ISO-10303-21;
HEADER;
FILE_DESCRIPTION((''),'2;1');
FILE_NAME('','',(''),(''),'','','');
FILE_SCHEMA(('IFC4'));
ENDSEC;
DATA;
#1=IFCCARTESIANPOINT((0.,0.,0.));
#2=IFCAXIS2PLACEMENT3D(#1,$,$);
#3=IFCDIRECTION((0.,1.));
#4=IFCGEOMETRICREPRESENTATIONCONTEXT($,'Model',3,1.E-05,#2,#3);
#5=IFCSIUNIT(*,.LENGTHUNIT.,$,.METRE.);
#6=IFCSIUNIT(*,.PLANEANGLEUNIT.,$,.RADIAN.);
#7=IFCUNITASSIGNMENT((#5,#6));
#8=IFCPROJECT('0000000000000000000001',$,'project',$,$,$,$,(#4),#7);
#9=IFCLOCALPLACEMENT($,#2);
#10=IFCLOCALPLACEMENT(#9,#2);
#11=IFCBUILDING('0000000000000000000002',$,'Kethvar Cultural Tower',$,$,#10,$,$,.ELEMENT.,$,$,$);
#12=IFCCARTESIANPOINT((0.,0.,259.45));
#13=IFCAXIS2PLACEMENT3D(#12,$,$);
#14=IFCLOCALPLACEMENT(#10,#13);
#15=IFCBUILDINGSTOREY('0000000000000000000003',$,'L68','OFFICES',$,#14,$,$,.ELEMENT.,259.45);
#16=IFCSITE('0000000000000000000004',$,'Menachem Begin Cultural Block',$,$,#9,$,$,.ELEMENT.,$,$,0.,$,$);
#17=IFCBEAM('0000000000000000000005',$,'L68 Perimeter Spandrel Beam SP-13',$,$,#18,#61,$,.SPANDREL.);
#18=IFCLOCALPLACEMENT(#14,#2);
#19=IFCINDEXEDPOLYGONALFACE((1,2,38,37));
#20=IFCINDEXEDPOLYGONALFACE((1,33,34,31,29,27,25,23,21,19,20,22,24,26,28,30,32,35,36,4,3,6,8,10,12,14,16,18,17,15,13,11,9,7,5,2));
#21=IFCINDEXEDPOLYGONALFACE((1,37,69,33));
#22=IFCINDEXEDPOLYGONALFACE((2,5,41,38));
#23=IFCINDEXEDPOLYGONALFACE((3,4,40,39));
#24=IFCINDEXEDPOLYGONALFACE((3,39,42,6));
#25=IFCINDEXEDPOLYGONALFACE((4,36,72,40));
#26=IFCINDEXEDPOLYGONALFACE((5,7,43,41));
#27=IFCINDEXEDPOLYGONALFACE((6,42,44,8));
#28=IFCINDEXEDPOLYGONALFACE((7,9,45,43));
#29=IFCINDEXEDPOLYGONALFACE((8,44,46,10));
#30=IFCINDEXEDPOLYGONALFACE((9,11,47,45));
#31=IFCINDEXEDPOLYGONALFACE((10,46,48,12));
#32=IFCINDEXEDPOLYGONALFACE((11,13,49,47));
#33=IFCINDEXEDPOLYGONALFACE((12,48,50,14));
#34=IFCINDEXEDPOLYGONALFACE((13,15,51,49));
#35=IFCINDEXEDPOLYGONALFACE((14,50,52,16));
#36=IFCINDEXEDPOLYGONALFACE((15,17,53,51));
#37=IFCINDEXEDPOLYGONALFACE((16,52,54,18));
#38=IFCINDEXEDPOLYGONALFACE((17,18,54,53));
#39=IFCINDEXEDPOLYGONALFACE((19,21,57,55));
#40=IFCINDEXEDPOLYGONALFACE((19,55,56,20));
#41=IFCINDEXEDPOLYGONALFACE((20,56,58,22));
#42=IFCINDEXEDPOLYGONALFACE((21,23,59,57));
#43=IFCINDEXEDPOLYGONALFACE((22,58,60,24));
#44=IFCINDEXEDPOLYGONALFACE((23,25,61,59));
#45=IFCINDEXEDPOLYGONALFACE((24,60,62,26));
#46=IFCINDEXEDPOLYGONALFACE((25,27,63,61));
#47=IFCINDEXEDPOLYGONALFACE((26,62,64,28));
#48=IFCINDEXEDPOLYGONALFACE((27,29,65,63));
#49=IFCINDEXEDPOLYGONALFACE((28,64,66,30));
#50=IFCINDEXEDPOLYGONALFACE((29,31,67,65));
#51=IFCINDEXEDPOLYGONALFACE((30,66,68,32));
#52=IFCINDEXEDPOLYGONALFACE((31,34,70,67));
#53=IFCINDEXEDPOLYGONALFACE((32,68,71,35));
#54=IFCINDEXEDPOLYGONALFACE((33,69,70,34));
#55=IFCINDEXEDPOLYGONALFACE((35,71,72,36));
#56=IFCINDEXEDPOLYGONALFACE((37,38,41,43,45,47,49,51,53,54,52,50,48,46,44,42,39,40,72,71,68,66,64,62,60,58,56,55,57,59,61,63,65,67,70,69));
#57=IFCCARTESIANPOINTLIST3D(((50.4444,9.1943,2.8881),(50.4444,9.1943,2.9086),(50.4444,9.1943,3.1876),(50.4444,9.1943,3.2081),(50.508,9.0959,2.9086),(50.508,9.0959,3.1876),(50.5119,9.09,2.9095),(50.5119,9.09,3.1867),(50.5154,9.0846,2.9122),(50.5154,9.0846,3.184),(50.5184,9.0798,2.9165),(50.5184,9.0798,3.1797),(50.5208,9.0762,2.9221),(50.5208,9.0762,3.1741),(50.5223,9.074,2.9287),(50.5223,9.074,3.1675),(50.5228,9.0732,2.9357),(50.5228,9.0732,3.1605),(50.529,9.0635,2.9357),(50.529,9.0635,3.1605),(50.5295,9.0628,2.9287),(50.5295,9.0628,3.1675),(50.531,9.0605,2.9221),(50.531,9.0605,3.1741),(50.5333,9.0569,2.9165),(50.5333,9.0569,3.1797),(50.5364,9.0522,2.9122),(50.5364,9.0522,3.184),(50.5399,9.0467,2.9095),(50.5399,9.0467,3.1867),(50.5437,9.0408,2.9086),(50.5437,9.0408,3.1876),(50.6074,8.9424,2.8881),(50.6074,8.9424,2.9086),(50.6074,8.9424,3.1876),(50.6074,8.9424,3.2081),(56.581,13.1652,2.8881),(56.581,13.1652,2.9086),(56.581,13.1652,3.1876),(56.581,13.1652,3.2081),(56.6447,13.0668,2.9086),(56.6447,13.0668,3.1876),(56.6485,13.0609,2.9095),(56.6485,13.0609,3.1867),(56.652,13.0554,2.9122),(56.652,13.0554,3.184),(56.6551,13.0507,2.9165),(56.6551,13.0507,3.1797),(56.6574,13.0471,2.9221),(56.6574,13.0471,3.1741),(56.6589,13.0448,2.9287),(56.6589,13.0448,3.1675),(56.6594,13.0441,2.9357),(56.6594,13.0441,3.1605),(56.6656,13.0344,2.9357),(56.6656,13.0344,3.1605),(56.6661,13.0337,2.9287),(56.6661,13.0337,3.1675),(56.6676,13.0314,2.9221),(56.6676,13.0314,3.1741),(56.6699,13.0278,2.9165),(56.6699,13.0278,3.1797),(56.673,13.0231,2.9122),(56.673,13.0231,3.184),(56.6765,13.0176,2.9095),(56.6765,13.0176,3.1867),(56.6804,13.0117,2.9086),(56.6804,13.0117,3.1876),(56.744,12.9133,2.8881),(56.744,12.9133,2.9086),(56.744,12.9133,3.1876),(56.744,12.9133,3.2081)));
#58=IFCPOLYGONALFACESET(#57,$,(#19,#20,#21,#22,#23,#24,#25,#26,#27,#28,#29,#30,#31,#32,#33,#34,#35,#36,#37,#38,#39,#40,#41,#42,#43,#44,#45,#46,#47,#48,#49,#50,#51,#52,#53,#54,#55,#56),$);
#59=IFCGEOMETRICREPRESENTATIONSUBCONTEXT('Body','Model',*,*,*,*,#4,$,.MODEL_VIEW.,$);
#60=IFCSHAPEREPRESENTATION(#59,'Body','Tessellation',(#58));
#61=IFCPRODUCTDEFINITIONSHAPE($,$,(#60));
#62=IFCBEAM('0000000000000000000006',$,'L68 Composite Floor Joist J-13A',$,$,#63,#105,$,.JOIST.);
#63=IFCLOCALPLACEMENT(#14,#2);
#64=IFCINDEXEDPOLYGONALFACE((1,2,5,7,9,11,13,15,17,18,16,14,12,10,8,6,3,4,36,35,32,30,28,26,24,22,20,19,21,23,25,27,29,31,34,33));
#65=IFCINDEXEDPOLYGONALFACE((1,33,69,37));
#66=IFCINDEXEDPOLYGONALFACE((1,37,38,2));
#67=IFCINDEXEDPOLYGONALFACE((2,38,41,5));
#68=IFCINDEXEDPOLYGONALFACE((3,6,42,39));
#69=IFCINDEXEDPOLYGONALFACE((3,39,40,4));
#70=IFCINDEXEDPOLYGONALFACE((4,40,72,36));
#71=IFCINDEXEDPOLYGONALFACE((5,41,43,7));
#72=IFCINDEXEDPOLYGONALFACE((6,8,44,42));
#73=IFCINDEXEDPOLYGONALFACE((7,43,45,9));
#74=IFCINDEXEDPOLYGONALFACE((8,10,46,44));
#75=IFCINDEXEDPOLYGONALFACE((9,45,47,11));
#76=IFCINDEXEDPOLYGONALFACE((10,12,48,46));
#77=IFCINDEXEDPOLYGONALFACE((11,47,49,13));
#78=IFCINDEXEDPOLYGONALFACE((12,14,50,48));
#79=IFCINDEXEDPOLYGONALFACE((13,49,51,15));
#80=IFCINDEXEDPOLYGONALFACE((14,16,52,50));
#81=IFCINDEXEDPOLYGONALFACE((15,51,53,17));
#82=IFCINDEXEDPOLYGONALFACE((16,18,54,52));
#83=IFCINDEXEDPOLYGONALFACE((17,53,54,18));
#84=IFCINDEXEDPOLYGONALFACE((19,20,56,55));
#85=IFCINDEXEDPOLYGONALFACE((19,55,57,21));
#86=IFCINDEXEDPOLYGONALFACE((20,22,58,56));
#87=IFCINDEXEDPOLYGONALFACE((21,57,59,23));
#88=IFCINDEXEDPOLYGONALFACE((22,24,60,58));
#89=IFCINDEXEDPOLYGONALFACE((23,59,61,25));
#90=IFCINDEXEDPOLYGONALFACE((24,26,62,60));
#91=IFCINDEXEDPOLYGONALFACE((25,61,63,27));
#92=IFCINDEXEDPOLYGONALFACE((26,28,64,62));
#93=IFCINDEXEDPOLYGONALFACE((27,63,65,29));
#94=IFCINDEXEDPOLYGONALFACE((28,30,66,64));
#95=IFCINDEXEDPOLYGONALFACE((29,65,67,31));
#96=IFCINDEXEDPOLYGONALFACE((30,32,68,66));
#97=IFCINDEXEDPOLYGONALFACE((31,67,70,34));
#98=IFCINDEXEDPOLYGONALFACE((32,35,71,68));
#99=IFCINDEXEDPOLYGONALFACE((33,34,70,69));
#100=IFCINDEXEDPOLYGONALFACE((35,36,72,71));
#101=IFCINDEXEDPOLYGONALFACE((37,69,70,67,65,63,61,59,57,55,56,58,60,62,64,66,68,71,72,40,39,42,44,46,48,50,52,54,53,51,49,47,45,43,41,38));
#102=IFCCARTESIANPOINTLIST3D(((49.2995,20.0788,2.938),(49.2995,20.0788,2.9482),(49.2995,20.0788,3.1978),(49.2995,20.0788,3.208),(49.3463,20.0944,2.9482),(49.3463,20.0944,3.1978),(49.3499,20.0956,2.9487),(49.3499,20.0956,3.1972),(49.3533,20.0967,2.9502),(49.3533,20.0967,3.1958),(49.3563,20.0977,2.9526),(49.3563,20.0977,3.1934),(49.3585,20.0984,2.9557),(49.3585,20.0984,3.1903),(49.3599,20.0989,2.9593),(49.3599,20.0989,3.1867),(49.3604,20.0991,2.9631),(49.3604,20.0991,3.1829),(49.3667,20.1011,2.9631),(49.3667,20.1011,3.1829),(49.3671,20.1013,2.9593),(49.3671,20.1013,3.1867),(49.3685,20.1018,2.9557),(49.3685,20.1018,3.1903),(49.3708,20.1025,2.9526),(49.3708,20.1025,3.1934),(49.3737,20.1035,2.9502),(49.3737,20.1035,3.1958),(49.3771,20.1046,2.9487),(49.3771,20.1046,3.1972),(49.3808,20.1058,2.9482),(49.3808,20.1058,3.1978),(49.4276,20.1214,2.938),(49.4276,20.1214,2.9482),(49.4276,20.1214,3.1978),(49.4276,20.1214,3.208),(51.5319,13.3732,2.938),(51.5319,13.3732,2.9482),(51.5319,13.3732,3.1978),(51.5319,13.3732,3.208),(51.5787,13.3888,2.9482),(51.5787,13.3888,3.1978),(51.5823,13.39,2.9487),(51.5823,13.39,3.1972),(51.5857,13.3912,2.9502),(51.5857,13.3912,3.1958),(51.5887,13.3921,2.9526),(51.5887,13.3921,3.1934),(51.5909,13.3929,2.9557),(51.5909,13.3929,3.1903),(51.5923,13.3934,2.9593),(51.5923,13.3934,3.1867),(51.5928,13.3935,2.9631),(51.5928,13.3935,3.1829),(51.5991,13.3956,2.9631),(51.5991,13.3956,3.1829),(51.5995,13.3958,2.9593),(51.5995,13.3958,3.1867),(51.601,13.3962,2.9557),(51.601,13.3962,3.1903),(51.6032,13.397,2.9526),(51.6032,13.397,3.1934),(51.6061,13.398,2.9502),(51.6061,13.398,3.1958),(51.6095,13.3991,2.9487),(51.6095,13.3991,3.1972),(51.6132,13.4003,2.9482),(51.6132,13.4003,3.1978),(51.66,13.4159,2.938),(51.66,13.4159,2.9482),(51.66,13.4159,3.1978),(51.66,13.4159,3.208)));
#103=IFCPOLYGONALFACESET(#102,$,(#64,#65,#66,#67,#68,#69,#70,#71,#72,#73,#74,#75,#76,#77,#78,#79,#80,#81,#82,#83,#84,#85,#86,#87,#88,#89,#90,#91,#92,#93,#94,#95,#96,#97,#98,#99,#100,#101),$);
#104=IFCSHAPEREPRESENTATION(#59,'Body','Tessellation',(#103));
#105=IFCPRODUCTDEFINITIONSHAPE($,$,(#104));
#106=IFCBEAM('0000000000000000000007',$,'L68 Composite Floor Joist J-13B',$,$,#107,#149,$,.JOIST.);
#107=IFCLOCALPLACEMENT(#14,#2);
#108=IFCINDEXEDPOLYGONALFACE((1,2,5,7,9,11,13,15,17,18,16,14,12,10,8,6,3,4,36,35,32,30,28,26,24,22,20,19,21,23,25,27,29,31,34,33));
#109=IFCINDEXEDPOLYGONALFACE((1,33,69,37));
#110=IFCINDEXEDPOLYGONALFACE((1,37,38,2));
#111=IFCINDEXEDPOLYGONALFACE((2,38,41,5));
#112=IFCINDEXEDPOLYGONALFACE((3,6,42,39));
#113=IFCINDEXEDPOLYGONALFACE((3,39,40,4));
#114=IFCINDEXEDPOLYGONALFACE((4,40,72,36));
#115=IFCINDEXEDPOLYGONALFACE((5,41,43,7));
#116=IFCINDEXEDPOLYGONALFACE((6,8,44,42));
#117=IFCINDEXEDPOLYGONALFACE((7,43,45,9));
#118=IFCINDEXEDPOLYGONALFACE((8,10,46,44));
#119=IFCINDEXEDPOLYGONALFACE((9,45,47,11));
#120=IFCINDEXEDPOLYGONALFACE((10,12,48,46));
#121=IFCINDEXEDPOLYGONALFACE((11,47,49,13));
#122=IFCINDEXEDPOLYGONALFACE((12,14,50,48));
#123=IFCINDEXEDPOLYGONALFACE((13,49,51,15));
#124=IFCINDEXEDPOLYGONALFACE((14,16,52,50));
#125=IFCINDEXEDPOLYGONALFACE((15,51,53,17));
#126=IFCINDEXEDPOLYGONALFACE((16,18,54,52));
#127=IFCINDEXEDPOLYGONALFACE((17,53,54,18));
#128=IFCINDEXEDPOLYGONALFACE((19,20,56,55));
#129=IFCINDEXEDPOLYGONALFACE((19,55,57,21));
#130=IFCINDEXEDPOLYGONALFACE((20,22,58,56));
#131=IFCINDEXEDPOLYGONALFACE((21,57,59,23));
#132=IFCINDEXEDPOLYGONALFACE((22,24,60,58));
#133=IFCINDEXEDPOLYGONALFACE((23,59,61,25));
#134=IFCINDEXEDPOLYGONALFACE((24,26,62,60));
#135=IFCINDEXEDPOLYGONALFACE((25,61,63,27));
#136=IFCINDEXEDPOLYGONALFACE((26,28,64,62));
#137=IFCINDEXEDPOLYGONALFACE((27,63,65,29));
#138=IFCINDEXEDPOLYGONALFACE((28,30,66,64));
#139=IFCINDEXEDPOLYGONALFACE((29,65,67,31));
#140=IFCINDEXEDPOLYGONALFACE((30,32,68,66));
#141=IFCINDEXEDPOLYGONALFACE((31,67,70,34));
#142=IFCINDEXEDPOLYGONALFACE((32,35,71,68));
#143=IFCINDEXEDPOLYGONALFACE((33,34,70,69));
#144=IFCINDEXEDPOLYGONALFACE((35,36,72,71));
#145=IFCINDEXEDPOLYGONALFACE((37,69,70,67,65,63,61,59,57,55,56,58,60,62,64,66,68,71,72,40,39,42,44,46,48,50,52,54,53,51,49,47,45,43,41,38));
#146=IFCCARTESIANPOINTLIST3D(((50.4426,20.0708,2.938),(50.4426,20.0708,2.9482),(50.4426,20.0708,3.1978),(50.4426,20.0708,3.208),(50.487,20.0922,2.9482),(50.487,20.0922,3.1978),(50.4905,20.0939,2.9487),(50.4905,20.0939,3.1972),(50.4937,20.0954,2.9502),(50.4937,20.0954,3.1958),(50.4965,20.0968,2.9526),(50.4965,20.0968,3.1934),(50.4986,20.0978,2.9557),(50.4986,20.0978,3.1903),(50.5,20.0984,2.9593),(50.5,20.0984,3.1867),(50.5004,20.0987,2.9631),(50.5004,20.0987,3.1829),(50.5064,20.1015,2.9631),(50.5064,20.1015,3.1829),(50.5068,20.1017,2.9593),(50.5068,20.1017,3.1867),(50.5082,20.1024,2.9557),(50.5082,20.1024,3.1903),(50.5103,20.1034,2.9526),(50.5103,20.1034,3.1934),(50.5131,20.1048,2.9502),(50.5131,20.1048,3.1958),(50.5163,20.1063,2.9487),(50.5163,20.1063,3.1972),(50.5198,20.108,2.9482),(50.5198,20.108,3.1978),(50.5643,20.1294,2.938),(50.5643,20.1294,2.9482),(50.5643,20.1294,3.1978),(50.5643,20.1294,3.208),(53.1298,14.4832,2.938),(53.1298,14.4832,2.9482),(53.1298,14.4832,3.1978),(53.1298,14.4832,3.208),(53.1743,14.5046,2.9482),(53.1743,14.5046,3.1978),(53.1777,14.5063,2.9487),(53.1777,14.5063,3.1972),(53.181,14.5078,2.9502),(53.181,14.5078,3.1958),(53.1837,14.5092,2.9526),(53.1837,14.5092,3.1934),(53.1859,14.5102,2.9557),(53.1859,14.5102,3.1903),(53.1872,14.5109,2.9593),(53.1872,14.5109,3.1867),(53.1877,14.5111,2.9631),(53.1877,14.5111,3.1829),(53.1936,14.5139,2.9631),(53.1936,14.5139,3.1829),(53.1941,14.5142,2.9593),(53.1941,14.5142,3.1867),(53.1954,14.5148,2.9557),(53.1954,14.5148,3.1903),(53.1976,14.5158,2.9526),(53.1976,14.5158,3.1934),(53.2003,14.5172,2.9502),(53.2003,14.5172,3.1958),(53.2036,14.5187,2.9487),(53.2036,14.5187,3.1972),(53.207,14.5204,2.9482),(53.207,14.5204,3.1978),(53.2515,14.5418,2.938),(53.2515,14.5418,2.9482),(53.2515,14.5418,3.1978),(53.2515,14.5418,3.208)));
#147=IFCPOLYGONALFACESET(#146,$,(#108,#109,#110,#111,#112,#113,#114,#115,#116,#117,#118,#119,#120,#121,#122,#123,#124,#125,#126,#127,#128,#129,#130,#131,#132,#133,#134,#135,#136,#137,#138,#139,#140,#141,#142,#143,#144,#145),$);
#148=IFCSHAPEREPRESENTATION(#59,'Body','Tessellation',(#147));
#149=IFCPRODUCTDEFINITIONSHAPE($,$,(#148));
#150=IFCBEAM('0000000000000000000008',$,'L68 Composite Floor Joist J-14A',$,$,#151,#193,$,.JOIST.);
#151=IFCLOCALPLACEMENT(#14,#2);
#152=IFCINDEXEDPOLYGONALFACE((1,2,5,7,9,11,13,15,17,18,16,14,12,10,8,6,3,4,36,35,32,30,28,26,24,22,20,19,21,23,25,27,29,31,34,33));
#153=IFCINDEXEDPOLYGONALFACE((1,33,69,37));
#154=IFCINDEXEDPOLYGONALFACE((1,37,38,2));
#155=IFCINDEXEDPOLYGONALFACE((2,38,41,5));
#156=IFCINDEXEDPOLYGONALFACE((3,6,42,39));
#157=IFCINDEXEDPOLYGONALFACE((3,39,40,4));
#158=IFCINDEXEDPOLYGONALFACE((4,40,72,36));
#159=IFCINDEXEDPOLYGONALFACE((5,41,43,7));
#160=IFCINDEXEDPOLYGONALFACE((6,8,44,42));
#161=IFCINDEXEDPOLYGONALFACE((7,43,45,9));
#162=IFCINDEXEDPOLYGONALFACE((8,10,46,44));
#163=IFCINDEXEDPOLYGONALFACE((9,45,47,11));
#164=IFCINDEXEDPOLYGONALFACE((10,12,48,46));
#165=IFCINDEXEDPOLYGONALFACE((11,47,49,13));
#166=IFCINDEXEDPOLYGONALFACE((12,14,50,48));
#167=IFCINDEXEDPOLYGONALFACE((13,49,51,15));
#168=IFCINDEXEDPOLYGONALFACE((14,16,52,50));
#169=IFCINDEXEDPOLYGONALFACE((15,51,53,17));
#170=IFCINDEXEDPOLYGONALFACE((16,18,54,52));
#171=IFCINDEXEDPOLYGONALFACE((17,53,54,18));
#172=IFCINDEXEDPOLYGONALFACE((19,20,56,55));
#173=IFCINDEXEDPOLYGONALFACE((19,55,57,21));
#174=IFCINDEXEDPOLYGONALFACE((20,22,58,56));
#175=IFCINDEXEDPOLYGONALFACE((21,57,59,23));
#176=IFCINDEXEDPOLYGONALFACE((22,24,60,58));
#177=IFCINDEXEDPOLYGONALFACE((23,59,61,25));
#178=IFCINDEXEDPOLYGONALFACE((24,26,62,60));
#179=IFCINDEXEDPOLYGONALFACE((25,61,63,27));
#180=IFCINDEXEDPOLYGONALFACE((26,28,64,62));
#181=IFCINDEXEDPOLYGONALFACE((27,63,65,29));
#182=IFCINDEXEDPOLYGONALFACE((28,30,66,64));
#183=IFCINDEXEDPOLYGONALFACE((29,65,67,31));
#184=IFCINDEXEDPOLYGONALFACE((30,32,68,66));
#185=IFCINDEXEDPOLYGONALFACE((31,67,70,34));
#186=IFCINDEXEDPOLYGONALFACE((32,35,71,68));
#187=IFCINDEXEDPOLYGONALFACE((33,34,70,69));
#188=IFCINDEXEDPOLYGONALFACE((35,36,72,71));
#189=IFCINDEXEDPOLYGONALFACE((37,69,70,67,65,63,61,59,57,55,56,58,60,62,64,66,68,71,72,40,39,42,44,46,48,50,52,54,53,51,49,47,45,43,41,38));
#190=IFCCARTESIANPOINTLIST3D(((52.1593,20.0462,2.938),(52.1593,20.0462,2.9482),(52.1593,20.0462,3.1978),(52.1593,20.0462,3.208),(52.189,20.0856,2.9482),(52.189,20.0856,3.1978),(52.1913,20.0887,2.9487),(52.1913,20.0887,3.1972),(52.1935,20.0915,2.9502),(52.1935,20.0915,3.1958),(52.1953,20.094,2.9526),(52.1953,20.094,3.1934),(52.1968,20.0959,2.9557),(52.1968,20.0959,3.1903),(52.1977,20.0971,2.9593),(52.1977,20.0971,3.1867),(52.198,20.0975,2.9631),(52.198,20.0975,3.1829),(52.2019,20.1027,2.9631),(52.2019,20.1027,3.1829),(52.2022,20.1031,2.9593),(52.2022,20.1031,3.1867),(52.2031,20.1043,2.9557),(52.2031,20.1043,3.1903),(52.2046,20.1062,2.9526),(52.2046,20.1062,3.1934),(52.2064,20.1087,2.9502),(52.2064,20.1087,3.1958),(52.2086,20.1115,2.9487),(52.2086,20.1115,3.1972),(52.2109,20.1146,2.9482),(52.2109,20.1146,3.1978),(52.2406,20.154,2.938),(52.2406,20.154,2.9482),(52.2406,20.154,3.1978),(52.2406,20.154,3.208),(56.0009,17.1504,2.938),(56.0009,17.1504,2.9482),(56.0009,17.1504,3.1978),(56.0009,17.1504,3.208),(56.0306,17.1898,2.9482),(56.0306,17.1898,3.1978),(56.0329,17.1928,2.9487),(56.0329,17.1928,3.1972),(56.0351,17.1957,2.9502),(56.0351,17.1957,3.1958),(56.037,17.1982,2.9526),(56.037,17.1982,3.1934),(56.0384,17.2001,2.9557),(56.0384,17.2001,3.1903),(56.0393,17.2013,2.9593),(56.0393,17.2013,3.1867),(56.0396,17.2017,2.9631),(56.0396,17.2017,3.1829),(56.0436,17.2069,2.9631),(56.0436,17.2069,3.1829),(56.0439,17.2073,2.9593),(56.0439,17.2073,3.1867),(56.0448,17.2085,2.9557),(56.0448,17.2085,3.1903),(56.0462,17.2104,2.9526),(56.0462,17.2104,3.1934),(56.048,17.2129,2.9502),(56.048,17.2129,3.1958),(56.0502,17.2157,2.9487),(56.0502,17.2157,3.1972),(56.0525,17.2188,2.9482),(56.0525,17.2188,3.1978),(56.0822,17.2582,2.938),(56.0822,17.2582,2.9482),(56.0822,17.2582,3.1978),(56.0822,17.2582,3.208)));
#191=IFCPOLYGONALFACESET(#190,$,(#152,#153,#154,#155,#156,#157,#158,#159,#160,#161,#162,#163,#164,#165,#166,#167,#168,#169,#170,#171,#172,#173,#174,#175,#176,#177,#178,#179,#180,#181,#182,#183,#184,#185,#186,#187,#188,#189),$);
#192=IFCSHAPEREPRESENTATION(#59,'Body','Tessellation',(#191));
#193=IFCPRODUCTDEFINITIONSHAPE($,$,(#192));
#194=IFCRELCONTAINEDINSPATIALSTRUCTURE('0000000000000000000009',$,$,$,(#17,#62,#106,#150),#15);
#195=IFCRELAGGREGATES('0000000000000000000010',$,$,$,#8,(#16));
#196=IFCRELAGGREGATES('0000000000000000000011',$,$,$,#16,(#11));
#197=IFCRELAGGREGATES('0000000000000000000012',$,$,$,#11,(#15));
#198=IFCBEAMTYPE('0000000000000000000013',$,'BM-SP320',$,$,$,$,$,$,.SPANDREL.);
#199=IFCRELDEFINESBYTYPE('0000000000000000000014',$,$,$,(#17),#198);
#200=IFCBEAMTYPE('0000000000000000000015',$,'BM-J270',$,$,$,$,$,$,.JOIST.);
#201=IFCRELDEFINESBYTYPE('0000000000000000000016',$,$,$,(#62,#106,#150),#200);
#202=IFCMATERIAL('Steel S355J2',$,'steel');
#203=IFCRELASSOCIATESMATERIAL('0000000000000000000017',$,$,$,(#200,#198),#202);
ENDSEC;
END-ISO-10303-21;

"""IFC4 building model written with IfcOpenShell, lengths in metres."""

from ifc_helpers import new_model, si_unit, direction, frame, origin, origin_2d, place, context, subcontext, project, spatial, i_section, extrude, source, transform, mapped, material, material_profile, profile_set, type_object, element, save


model = new_model("IFC4")

# Units and contexts
model_context = context("Model", 3, precision=1e-05, world=origin(), true_north=direction((0.0, 1.0)))
body_context = subcontext(model_context, "Body", "Model", "MODEL_VIEW")
ifc_project = project(units=[si_unit("LENGTHUNIT", "METRE"), si_unit("PLANEANGLEUNIT", "RADIAN")], contexts=[model_context])

# Site, building, storey
site_placement = place(None, origin())
site = spatial("IfcSite", under=ifc_project, at=site_placement, Name="Menachem Begin Cultural Block", CompositionType="ELEMENT", RefElevation=0.0)
building_placement = place(site_placement, origin())
building = spatial("IfcBuilding", under=site, at=building_placement, Name="Kethvar Cultural Tower", CompositionType="ELEMENT")
storey_placement = place(building_placement, frame((0.0, 0.0, 259.45)))
storey = spatial("IfcBuildingStorey", under=building, at=storey_placement, Name="L68", Description="OFFICES", CompositionType="ELEMENT", Elevation=259.45)

# Beams
ifc_material_1 = material(Name="Steel S355J2", Category="steel")
ifc_material_profile_1 = material_profile(ifc_material_1, i_section(OverallWidth=0.135, OverallDepth=0.27, WebThickness=0.0066, FlangeThickness=0.0103, FilletRadius=0.0149, at=origin_2d()), Name="Steel S355J2 — IPE270")
ifc_profile_set_1 = profile_set([ifc_material_profile_1], Name="Steel S355J2 — IPE270")
beam_type_1 = type_object("IfcBeamType", Name="BM-J270", PredefinedType="JOIST", material=ifc_profile_set_1)
ifc_material_profile_2 = material_profile(ifc_material_1, i_section(OverallWidth=0.3, OverallDepth=0.3201, WebThickness=0.0115, FlangeThickness=0.0205, FilletRadius=0.0271, at=origin_2d()), Name="Steel S355J2 — HEB320")
ifc_profile_set_2 = profile_set([ifc_material_profile_2], Name="Steel S355J2 — HEB320")
beam_type_2 = type_object("IfcBeamType", Name="BM-SP320", PredefinedType="SPANDREL", material=ifc_profile_set_2)
shared_shape_1 = source(origin(), body_context, "Body", "SweptSolid", [
    extrude(i_section(OverallWidth=0.3, OverallDepth=0.3201, WebThickness=0.0115, FlangeThickness=0.0205, FilletRadius=0.0271, at=origin_2d()), origin(), (0.0, 0.0, 1.0), 7.3093),
])
beam_1_placement = place(storey_placement, frame((50.5259, 9.0684, 3.0481), z_axis=(0.839562, 0.543264, 0.0), x_axis=(-0.543264, 0.839562, 0.0)))
element("IfcBeam", 1, at=beam_1_placement, inside=storey, type_object=beam_type_2, Name="L68 Perimeter Spandrel Beam SP-13", PredefinedType="SPANDREL", context=body_context, shape_type="MappedRepresentation", body=[
    mapped(shared_shape_1, transform((0.0, 0.0, 0.0), scale=1.0)),
])
shared_shape_2 = source(origin(), body_context, "Body", "SweptSolid", [
    extrude(i_section(OverallWidth=0.135, OverallDepth=0.27, WebThickness=0.0066, FlangeThickness=0.0103, FilletRadius=0.0149, at=origin_2d()), origin(), (0.0, 0.0, 1.0), 7.0674),
])
beam_2_placement = place(storey_placement, frame((49.3635, 20.1001, 3.073), z_axis=(0.315875, -0.948801, 0.0), x_axis=(0.948801, 0.315875, 0.0)))
element("IfcBeam", 2, at=beam_2_placement, inside=storey, type_object=beam_type_1, Name="L68 Composite Floor Joist J-13A", PredefinedType="JOIST", context=body_context, shape_type="MappedRepresentation", body=[
    mapped(shared_shape_2, transform((0.0, 0.0, 0.0), scale=1.0)),
])
shared_shape_3 = source(origin(), body_context, "Body", "SweptSolid", [
    extrude(i_section(OverallWidth=0.135, OverallDepth=0.27, WebThickness=0.0066, FlangeThickness=0.0103, FilletRadius=0.0149, at=origin_2d()), origin(), (0.0, 0.0, 1.0), 6.2002),
])
beam_3_placement = place(storey_placement, frame((50.5034, 20.1001, 3.073), z_axis=(0.433411, -0.901197, 0.0), x_axis=(0.901197, 0.433411, 0.0)))
element("IfcBeam", 3, at=beam_3_placement, inside=storey, type_object=beam_type_1, Name="L68 Composite Floor Joist J-13B", PredefinedType="JOIST", context=body_context, shape_type="MappedRepresentation", body=[
    mapped(shared_shape_3, transform((0.0, 0.0, 0.0), scale=1.0)),
])
shared_shape_4 = source(origin(), body_context, "Body", "SweptSolid", [
    extrude(i_section(OverallWidth=0.135, OverallDepth=0.27, WebThickness=0.0066, FlangeThickness=0.0103, FilletRadius=0.0149, at=origin_2d()), origin(), (0.0, 0.0, 1.0), 4.8108),
])
beam_4_placement = place(storey_placement, frame((52.2, 20.1001, 3.073), z_axis=(0.798542, -0.601939, 0.0), x_axis=(0.601939, 0.798542, 0.0)))
element("IfcBeam", 4, at=beam_4_placement, inside=storey, type_object=beam_type_1, Name="L68 Composite Floor Joist J-14A", PredefinedType="JOIST", context=body_context, shape_type="MappedRepresentation", body=[
    mapped(shared_shape_4, transform((0.0, 0.0, 0.0), scale=1.0)),
])

save(model, "model.ifc")
